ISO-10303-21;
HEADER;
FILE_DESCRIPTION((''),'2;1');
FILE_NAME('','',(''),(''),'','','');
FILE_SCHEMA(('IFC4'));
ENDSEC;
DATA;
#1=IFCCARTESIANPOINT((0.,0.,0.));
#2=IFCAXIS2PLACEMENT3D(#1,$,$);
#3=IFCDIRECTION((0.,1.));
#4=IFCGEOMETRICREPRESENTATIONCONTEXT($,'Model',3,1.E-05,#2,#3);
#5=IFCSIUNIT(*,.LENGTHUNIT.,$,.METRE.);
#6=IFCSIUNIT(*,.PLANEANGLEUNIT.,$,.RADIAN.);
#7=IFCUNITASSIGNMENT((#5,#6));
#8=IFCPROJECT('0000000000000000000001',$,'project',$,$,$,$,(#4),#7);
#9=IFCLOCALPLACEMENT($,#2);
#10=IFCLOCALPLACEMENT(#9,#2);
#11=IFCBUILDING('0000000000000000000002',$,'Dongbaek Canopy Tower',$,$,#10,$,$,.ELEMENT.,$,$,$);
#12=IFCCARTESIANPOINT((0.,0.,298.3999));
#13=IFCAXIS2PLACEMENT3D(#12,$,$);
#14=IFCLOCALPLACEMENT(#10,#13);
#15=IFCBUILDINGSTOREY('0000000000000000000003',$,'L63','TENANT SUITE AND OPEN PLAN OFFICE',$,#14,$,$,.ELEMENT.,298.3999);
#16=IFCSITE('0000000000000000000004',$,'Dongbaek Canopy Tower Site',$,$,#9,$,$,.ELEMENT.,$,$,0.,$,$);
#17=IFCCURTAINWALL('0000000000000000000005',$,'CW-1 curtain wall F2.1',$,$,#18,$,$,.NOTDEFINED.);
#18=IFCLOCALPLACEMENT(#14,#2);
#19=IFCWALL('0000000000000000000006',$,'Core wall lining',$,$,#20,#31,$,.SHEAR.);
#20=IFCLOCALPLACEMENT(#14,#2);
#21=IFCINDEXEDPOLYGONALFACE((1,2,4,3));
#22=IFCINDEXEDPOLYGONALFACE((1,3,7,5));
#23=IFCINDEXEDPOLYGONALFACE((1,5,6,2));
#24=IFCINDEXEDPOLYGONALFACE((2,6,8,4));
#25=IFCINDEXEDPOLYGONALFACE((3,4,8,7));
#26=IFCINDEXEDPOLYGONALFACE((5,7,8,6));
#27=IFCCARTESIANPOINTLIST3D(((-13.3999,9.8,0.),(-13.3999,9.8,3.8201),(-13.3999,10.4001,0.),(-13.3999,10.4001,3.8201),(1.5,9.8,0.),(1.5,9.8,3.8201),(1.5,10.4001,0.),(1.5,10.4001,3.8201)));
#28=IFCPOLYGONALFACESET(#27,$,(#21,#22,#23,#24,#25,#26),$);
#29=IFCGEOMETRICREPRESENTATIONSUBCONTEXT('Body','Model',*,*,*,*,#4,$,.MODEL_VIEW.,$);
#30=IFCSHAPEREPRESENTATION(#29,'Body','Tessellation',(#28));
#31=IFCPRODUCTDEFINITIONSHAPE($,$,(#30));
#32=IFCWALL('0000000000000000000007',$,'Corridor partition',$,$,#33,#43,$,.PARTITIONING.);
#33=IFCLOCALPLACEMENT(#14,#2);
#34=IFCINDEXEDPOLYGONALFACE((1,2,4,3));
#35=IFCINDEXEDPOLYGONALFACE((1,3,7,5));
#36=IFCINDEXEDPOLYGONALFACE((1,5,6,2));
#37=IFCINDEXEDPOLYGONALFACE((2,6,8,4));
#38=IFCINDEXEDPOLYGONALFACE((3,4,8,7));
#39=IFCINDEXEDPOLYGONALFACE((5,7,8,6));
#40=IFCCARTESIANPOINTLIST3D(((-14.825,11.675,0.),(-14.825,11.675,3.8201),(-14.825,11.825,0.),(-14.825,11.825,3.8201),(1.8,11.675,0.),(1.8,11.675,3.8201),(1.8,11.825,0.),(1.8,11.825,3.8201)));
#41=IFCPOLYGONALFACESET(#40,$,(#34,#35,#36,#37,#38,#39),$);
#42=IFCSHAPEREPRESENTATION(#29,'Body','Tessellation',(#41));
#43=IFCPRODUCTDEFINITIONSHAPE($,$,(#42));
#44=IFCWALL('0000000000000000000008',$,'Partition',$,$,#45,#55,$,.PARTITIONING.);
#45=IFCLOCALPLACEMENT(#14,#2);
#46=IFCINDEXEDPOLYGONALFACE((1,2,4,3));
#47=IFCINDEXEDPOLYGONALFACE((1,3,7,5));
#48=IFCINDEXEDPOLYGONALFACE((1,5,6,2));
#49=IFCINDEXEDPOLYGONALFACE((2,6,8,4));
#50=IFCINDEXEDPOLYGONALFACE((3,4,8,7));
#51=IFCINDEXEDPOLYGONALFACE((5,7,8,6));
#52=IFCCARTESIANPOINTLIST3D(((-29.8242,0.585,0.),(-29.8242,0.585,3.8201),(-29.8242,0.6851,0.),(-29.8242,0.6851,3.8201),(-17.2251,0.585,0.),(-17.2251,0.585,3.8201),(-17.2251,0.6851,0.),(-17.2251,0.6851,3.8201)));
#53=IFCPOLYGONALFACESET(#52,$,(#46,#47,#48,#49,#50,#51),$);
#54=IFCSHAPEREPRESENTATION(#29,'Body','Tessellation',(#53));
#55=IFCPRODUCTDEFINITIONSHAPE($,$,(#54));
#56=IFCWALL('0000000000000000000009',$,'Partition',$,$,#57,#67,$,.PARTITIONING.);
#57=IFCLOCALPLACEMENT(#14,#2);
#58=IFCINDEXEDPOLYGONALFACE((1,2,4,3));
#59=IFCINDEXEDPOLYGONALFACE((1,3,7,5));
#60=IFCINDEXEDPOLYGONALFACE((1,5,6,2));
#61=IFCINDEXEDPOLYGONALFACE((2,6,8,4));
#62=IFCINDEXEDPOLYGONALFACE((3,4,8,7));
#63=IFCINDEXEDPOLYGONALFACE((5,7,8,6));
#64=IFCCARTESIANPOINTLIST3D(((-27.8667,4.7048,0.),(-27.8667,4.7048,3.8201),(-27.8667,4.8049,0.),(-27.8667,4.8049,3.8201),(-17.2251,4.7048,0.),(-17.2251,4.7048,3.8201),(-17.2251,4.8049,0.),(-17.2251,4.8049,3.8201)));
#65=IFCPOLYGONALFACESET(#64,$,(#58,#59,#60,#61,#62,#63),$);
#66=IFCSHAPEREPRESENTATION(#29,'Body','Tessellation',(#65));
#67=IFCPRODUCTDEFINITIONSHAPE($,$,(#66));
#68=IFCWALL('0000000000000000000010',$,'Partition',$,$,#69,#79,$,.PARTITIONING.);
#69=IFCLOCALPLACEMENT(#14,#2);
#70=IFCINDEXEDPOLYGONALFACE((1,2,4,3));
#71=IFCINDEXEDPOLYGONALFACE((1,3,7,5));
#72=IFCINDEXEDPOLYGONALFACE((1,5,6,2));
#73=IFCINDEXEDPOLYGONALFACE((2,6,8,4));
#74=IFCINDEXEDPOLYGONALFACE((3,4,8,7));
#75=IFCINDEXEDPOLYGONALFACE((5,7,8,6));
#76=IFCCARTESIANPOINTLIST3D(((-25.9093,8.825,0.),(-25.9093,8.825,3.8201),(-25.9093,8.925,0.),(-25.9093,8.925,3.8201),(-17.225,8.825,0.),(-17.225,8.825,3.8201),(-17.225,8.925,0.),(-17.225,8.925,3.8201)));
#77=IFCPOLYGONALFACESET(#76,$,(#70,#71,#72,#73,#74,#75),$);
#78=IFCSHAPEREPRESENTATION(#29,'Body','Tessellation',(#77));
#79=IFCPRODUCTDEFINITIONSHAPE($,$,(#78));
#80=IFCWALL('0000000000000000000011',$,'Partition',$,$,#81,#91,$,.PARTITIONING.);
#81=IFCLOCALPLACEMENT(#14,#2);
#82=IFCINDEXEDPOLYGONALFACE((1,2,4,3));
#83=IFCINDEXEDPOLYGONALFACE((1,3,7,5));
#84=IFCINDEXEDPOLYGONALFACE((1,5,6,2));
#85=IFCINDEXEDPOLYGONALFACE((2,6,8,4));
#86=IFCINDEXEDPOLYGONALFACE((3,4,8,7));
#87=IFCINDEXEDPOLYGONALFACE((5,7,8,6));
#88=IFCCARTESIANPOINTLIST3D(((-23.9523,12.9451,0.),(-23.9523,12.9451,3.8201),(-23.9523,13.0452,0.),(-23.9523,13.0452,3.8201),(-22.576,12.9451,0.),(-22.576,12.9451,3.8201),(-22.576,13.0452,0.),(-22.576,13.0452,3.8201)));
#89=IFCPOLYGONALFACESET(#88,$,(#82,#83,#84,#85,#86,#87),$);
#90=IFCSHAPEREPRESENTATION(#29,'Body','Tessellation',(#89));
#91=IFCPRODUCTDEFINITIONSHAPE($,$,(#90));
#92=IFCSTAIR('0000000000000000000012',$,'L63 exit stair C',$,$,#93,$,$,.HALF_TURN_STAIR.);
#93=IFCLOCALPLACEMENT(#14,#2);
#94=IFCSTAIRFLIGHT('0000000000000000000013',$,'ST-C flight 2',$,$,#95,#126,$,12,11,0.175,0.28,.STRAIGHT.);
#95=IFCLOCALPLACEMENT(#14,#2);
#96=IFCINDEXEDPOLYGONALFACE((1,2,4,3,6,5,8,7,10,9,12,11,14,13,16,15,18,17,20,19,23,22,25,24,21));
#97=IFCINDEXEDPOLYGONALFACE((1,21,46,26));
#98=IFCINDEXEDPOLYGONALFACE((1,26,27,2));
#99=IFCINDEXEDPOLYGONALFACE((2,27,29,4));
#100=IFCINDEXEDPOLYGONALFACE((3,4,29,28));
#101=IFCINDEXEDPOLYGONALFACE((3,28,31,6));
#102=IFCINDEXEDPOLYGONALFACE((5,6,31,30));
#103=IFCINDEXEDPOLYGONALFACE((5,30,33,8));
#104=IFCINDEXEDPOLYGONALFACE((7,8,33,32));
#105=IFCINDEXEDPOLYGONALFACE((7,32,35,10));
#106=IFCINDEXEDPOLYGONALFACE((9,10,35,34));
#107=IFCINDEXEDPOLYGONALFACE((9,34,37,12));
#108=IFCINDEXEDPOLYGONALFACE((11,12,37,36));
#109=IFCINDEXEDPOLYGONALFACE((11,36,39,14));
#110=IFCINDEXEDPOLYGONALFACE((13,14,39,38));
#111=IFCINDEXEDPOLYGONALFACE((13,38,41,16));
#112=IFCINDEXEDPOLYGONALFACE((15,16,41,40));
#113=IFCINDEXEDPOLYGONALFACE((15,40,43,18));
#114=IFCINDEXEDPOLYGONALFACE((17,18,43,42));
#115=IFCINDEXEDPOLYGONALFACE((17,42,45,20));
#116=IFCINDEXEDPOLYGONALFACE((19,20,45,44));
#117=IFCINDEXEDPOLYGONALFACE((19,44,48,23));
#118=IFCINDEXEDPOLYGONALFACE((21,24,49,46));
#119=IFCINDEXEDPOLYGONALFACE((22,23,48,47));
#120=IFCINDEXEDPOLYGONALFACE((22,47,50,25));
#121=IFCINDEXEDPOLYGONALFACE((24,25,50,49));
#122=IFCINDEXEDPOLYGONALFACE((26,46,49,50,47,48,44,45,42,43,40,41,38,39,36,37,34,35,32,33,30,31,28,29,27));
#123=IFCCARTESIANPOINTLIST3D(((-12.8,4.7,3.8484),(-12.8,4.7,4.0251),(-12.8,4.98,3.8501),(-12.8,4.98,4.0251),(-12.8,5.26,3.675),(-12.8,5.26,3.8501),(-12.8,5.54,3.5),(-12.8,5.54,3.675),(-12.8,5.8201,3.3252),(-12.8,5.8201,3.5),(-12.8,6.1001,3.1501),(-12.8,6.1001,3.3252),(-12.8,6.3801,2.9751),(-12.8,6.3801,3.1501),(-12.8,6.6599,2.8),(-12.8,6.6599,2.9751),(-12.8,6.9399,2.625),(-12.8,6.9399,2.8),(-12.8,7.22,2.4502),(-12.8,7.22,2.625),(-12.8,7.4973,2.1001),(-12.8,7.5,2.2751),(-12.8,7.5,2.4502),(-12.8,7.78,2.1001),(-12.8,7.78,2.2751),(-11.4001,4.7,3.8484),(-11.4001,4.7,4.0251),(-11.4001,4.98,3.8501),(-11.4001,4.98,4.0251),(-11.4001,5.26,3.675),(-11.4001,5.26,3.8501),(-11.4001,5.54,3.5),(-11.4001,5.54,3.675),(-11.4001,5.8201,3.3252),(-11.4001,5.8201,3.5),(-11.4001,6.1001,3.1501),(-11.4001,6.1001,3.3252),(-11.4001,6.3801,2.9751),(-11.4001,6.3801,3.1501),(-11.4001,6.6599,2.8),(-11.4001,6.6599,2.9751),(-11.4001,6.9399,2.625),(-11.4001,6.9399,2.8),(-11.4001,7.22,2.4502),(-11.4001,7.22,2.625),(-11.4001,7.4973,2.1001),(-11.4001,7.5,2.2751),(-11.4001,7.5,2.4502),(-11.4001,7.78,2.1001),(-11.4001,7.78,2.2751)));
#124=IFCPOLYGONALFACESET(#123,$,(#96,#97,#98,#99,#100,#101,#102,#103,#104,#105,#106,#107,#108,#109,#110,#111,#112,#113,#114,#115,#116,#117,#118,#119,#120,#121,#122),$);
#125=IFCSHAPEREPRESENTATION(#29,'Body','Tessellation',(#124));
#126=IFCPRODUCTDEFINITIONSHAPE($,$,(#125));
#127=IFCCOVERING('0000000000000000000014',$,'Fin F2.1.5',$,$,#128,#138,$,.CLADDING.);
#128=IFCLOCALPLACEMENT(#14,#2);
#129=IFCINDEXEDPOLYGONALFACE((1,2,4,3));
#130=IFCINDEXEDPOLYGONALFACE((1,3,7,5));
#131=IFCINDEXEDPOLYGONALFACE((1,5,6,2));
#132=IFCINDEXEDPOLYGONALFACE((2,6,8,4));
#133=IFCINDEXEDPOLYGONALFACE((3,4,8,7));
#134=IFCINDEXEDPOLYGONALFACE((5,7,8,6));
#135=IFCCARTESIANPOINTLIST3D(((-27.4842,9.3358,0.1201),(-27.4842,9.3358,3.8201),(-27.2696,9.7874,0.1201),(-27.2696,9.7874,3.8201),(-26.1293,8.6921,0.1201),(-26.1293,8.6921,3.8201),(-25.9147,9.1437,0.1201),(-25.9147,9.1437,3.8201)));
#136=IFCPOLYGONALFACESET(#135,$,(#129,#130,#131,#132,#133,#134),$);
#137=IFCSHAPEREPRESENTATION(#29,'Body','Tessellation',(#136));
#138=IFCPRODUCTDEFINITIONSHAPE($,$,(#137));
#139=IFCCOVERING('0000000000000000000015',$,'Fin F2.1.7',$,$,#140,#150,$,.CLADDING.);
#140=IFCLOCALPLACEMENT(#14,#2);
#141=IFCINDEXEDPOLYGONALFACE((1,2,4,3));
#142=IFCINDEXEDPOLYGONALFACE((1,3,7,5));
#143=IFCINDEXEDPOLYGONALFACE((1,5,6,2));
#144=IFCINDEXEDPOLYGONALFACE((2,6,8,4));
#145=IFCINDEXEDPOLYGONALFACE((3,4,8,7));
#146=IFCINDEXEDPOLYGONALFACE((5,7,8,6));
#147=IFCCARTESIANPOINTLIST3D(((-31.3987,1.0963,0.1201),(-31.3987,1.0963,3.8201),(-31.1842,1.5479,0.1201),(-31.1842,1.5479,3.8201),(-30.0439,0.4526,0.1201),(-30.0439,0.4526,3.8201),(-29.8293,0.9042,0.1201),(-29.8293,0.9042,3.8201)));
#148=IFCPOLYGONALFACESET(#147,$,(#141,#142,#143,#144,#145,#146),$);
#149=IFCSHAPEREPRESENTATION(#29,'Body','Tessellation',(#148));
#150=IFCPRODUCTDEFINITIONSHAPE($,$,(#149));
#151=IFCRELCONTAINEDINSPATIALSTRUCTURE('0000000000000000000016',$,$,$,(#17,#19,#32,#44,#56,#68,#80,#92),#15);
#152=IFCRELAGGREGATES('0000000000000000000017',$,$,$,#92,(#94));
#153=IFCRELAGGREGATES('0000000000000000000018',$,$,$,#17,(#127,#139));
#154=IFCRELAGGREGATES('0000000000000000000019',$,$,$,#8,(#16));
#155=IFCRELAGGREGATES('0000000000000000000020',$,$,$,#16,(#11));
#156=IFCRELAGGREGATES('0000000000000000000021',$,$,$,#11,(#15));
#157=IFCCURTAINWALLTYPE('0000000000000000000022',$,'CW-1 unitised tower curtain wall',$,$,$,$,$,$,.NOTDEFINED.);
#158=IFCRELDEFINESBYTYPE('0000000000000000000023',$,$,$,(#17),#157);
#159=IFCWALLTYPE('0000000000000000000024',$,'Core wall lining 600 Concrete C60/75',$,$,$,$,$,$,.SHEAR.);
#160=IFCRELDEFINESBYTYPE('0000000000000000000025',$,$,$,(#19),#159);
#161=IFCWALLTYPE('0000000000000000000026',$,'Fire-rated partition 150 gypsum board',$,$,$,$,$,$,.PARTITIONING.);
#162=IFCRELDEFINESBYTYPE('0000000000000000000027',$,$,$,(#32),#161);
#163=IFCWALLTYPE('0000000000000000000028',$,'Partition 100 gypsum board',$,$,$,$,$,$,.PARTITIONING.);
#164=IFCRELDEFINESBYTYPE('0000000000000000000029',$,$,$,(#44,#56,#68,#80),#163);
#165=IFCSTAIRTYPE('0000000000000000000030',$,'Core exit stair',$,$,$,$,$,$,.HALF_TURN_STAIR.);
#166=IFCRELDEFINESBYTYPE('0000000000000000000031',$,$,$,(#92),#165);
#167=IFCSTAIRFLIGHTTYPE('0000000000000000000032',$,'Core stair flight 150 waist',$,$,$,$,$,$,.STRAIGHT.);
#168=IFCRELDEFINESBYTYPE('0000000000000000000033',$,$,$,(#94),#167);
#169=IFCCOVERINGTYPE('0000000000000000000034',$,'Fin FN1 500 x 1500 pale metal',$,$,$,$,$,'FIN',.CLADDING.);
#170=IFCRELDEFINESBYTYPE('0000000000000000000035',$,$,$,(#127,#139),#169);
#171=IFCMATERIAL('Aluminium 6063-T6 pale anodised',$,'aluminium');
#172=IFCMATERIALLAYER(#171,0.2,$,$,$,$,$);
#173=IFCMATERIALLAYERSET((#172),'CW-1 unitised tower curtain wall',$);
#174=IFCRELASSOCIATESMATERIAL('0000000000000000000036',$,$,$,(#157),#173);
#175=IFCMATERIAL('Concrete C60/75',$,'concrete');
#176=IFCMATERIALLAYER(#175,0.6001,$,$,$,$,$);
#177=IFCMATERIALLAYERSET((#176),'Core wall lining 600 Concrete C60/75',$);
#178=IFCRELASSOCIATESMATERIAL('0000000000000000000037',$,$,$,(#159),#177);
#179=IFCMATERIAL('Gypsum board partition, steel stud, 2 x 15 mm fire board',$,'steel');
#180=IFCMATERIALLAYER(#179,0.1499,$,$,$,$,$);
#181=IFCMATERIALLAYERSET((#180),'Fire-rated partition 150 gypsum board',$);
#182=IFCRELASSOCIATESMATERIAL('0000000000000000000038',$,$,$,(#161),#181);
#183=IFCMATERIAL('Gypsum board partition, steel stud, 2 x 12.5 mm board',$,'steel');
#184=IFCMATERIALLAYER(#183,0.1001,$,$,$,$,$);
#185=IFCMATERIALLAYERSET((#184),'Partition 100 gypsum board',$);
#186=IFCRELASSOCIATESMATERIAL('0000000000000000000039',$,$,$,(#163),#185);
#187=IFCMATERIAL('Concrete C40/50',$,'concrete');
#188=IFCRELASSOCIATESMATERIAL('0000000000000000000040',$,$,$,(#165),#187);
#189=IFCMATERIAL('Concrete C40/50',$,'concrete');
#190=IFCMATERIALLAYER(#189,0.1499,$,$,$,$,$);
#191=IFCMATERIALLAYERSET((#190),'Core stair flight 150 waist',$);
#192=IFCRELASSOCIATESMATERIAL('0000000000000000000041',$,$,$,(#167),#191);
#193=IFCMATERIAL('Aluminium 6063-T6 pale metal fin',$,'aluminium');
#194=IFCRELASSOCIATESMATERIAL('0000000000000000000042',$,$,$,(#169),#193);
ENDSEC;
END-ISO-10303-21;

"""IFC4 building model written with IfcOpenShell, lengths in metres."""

from ifc_helpers import new_model, si_unit, direction, frame, frame_2d, origin, origin_2d, place, context, subcontext, project, spatial, polyline, rectangle, outline, extrude, material, layer, layer_set, material_profile, profile_set, type_object, element, aggregate, save


model = new_model("IFC4")

# Units and contexts
model_context = context("Model", 3, precision=1e-05, world=origin(), true_north=direction((0.0, 1.0)))
body_context = subcontext(model_context, "Body", "Model", "MODEL_VIEW")
ifc_project = project(units=[si_unit("LENGTHUNIT", "METRE"), si_unit("PLANEANGLEUNIT", "RADIAN")], contexts=[model_context])

# Site, building, storey
site_placement = place(None, origin())
site = spatial("IfcSite", under=ifc_project, at=site_placement, Name="Dongbaek Canopy Tower Site", CompositionType="ELEMENT", RefElevation=0.0)
building_placement = place(site_placement, origin())
building = spatial("IfcBuilding", under=site, at=building_placement, Name="Dongbaek Canopy Tower", CompositionType="ELEMENT")
storey_placement = place(building_placement, frame((0.0, 0.0, 298.3999)))
storey = spatial("IfcBuildingStorey", under=building, at=storey_placement, Name="L63", Description="TENANT SUITE AND OPEN PLAN OFFICE", CompositionType="ELEMENT", Elevation=298.3999)

# Curtain wall
ifc_material_1 = material(Name="Aluminium 6063-T6 pale anodised", Category="aluminium")
ifc_layer_1 = layer(ifc_material_1, 0.2)
ifc_layer_set_1 = layer_set([ifc_layer_1], Name="CW-1 unitised tower curtain wall")
curtain_wall_type = type_object("IfcCurtainWallType", Name="CW-1 unitised tower curtain wall", PredefinedType="NOTDEFINED", material=ifc_layer_set_1)
curtain_wall_placement = place(storey_placement, origin())
curtain_wall = element("IfcCurtainWall", 1, at=curtain_wall_placement, inside=storey, type_object=curtain_wall_type, Name="CW-1 curtain wall F2.1", PredefinedType="NOTDEFINED")

# Walls
ifc_material_2 = material(Name="Concrete C60/75", Category="concrete")
ifc_layer_2 = layer(ifc_material_2, 0.6001)
ifc_layer_set_2 = layer_set([ifc_layer_2], Name="Core wall lining 600 Concrete C60/75")
wall_type_1 = type_object("IfcWallType", Name="Core wall lining 600 Concrete C60/75", PredefinedType="SHEAR", material=ifc_layer_set_2)
wall_1_placement = place(storey_placement, frame((-13.3999, 10.1001, 0.0), z_axis=(0.0, 0.0, 1.0), x_axis=(1.0, 0.0, 0.0)))
element("IfcWall", 2, at=wall_1_placement, inside=storey, type_object=wall_type_1, Name="Core wall lining", PredefinedType="SHEAR", context=body_context, shape_type="SweptSolid", body=[
    extrude(rectangle(XDim=14.8999, YDim=0.6001, at=frame_2d((7.45, 0.0))), origin(), (0.0, 0.0, 1.0), 3.8201),
])
ifc_material_3 = material(Name="Gypsum board partition, steel stud, 2 x 15 mm fire board", Category="steel")
ifc_layer_3 = layer(ifc_material_3, 0.1499)
ifc_layer_set_3 = layer_set([ifc_layer_3], Name="Fire-rated partition 150 gypsum board")
wall_type_2 = type_object("IfcWallType", Name="Fire-rated partition 150 gypsum board", PredefinedType="PARTITIONING", material=ifc_layer_set_3)
wall_2_placement = place(storey_placement, frame((-14.825, 11.75, 0.0), z_axis=(0.0, 0.0, 1.0), x_axis=(1.0, 0.0, 0.0)))
element("IfcWall", 3, at=wall_2_placement, inside=storey, type_object=wall_type_2, Name="Corridor partition", PredefinedType="PARTITIONING", context=body_context, shape_type="SweptSolid", body=[
    extrude(rectangle(XDim=16.625, YDim=0.1499, at=frame_2d((8.3125, 0.0))), origin(), (0.0, 0.0, 1.0), 3.8201),
])
ifc_material_4 = material(Name="Gypsum board partition, steel stud, 2 x 12.5 mm board", Category="steel")
ifc_layer_4 = layer(ifc_material_4, 0.1001)
ifc_layer_set_4 = layer_set([ifc_layer_4], Name="Partition 100 gypsum board")
wall_type_3 = type_object("IfcWallType", Name="Partition 100 gypsum board", PredefinedType="PARTITIONING", material=ifc_layer_set_4)
wall_3_placement = place(storey_placement, frame((-29.8242, 0.635, 0.0), z_axis=(0.0, 0.0, 1.0), x_axis=(1.0, 0.0, 0.0)))
element("IfcWall", 4, at=wall_3_placement, inside=storey, type_object=wall_type_3, Name="Partition", PredefinedType="PARTITIONING", context=body_context, shape_type="SweptSolid", body=[
    extrude(rectangle(XDim=12.5991, YDim=0.1001, at=frame_2d((6.2996, 0.0))), origin(), (0.0, 0.0, 1.0), 3.8201),
])
wall_4_placement = place(storey_placement, frame((-27.8667, 4.7549, 0.0), z_axis=(0.0, 0.0, 1.0), x_axis=(1.0, 0.0, 0.0)))
element("IfcWall", 5, at=wall_4_placement, inside=storey, type_object=wall_type_3, Name="Partition", PredefinedType="PARTITIONING", context=body_context, shape_type="SweptSolid", body=[
    extrude(rectangle(XDim=10.6416, YDim=0.1001, at=frame_2d((5.3208, 0.0))), origin(), (0.0, 0.0, 1.0), 3.8201),
])
wall_5_placement = place(storey_placement, frame((-25.9094, 8.875, 0.0), z_axis=(0.0, 0.0, 1.0), x_axis=(1.0, 0.0, 0.0)))
element("IfcWall", 6, at=wall_5_placement, inside=storey, type_object=wall_type_3, Name="Partition", PredefinedType="PARTITIONING", context=body_context, shape_type="SweptSolid", body=[
    extrude(rectangle(XDim=8.6843, YDim=0.1001, at=frame_2d((4.3423, 0.0))), origin(), (0.0, 0.0, 1.0), 3.8201),
])
wall_6_placement = place(storey_placement, frame((-23.9521, 12.9951, 0.0), z_axis=(0.0, 0.0, 1.0), x_axis=(1.0, 0.0, 0.0)))
element("IfcWall", 7, at=wall_6_placement, inside=storey, type_object=wall_type_3, Name="Partition", PredefinedType="PARTITIONING", context=body_context, shape_type="SweptSolid", body=[
    extrude(rectangle(XDim=1.3762, YDim=0.1001, at=frame_2d((0.688, 0.0))), origin(), (0.0, 0.0, 1.0), 3.8201),
])

# Stair, stair flight
ifc_material_5 = material(Name="Concrete C40/50", Category="concrete")
stair_type = type_object("IfcStairType", Name="Core exit stair", PredefinedType="HALF_TURN_STAIR", material=ifc_material_5)
stair_placement = place(storey_placement, origin())
stair = element("IfcStair", 8, at=stair_placement, inside=storey, type_object=stair_type, Name="L63 exit stair C", PredefinedType="HALF_TURN_STAIR")
ifc_material_6 = material(Name="Concrete C40/50", Category="concrete")
ifc_layer_5 = layer(ifc_material_6, 0.1499)
ifc_layer_set_5 = layer_set([ifc_layer_5], Name="Core stair flight 150 waist")
stair_flight_type = type_object("IfcStairFlightType", Name="Core stair flight 150 waist", PredefinedType="STRAIGHT", material=ifc_layer_set_5)
stair_flight_placement = place(storey_placement, frame((-12.1001, 7.78, 2.1001), z_axis=(0.0, 0.0, 1.0), x_axis=(0.0, -1.0, 0.0)))
stair_flight = element("IfcStairFlight", 9, at=stair_flight_placement, type_object=stair_flight_type, Name="ST-C flight 2", NumberOfRisers=12, NumberOfTreads=11, PredefinedType="STRAIGHT", RiserHeight=0.175, TreadLength=0.28, context=body_context, shape_type="SweptSolid", body=[
    extrude(outline(polyline([(0.0, 0.0), (0.0, 0.175), (0.28, 0.175), (0.28, 0.3501), (0.5601, 0.3501), (0.5601, 0.5249), (0.8401, 0.5249), (0.8401, 0.7), (1.1201, 0.7), (1.1201, 0.875), (1.3999, 0.875), (1.3999, 1.05), (1.6799, 1.05), (1.6799, 1.2251), (1.96, 1.2251), (1.96, 1.3999), (2.24, 1.3999), (2.24, 1.575), (2.52, 1.575), (2.52, 1.75), (2.8, 1.75), (2.8, 1.925), (3.0801, 1.925), (3.0801, 2.1001), (3.0801, 1.7483), (0.2827, 0.0), (0.0, 0.0)])), frame((0.0, 0.7, 0.0), z_axis=(0.0, -1.0, 0.0), x_axis=(1.0, 0.0, 0.0)), (0.0, 0.0, 1.0), 1.3999),
])
aggregate(stair, [stair_flight])

# Coverings
ifc_material_7 = material(Name="Aluminium 6063-T6 pale metal fin", Category="aluminium")
ifc_material_profile_1 = material_profile(ifc_material_7, rectangle(XDim=1.5, YDim=0.5, at=origin_2d()), Name="Fin FN1 500 x 1500 pale metal")
ifc_profile_set_1 = profile_set([ifc_material_profile_1], Name="Aluminium 6063-T6 pale metal fin")
covering_type = type_object("IfcCoveringType", Name="Fin FN1 500 x 1500 pale metal", ElementType="FIN", PredefinedType="CLADDING", material=ifc_profile_set_1)
covering_1_placement = place(storey_placement, frame((-26.6995, 9.2397, 0.1201), z_axis=(0.0, 0.0, 1.0), x_axis=(-0.903236, 0.429143, 0.0)))
covering_1 = element("IfcCovering", 10, at=covering_1_placement, type_object=covering_type, Name="Fin F2.1.5", PredefinedType="CLADDING", context=body_context, shape_type="SweptSolid", body=[
    extrude(rectangle(XDim=1.5, YDim=0.5, at=origin_2d()), origin(), (0.0, 0.0, 1.0), 3.7),
])
covering_2_placement = place(storey_placement, frame((-30.614, 1.0002, 0.1201), z_axis=(0.0, 0.0, 1.0), x_axis=(-0.903236, 0.429143, 0.0)))
covering_2 = element("IfcCovering", 11, at=covering_2_placement, type_object=covering_type, Name="Fin F2.1.7", PredefinedType="CLADDING", context=body_context, shape_type="SweptSolid", body=[
    extrude(rectangle(XDim=1.5, YDim=0.5, at=origin_2d()), origin(), (0.0, 0.0, 1.0), 3.7),
])
aggregate(curtain_wall, [covering_1, covering_2])

save(model, "model.ifc")
